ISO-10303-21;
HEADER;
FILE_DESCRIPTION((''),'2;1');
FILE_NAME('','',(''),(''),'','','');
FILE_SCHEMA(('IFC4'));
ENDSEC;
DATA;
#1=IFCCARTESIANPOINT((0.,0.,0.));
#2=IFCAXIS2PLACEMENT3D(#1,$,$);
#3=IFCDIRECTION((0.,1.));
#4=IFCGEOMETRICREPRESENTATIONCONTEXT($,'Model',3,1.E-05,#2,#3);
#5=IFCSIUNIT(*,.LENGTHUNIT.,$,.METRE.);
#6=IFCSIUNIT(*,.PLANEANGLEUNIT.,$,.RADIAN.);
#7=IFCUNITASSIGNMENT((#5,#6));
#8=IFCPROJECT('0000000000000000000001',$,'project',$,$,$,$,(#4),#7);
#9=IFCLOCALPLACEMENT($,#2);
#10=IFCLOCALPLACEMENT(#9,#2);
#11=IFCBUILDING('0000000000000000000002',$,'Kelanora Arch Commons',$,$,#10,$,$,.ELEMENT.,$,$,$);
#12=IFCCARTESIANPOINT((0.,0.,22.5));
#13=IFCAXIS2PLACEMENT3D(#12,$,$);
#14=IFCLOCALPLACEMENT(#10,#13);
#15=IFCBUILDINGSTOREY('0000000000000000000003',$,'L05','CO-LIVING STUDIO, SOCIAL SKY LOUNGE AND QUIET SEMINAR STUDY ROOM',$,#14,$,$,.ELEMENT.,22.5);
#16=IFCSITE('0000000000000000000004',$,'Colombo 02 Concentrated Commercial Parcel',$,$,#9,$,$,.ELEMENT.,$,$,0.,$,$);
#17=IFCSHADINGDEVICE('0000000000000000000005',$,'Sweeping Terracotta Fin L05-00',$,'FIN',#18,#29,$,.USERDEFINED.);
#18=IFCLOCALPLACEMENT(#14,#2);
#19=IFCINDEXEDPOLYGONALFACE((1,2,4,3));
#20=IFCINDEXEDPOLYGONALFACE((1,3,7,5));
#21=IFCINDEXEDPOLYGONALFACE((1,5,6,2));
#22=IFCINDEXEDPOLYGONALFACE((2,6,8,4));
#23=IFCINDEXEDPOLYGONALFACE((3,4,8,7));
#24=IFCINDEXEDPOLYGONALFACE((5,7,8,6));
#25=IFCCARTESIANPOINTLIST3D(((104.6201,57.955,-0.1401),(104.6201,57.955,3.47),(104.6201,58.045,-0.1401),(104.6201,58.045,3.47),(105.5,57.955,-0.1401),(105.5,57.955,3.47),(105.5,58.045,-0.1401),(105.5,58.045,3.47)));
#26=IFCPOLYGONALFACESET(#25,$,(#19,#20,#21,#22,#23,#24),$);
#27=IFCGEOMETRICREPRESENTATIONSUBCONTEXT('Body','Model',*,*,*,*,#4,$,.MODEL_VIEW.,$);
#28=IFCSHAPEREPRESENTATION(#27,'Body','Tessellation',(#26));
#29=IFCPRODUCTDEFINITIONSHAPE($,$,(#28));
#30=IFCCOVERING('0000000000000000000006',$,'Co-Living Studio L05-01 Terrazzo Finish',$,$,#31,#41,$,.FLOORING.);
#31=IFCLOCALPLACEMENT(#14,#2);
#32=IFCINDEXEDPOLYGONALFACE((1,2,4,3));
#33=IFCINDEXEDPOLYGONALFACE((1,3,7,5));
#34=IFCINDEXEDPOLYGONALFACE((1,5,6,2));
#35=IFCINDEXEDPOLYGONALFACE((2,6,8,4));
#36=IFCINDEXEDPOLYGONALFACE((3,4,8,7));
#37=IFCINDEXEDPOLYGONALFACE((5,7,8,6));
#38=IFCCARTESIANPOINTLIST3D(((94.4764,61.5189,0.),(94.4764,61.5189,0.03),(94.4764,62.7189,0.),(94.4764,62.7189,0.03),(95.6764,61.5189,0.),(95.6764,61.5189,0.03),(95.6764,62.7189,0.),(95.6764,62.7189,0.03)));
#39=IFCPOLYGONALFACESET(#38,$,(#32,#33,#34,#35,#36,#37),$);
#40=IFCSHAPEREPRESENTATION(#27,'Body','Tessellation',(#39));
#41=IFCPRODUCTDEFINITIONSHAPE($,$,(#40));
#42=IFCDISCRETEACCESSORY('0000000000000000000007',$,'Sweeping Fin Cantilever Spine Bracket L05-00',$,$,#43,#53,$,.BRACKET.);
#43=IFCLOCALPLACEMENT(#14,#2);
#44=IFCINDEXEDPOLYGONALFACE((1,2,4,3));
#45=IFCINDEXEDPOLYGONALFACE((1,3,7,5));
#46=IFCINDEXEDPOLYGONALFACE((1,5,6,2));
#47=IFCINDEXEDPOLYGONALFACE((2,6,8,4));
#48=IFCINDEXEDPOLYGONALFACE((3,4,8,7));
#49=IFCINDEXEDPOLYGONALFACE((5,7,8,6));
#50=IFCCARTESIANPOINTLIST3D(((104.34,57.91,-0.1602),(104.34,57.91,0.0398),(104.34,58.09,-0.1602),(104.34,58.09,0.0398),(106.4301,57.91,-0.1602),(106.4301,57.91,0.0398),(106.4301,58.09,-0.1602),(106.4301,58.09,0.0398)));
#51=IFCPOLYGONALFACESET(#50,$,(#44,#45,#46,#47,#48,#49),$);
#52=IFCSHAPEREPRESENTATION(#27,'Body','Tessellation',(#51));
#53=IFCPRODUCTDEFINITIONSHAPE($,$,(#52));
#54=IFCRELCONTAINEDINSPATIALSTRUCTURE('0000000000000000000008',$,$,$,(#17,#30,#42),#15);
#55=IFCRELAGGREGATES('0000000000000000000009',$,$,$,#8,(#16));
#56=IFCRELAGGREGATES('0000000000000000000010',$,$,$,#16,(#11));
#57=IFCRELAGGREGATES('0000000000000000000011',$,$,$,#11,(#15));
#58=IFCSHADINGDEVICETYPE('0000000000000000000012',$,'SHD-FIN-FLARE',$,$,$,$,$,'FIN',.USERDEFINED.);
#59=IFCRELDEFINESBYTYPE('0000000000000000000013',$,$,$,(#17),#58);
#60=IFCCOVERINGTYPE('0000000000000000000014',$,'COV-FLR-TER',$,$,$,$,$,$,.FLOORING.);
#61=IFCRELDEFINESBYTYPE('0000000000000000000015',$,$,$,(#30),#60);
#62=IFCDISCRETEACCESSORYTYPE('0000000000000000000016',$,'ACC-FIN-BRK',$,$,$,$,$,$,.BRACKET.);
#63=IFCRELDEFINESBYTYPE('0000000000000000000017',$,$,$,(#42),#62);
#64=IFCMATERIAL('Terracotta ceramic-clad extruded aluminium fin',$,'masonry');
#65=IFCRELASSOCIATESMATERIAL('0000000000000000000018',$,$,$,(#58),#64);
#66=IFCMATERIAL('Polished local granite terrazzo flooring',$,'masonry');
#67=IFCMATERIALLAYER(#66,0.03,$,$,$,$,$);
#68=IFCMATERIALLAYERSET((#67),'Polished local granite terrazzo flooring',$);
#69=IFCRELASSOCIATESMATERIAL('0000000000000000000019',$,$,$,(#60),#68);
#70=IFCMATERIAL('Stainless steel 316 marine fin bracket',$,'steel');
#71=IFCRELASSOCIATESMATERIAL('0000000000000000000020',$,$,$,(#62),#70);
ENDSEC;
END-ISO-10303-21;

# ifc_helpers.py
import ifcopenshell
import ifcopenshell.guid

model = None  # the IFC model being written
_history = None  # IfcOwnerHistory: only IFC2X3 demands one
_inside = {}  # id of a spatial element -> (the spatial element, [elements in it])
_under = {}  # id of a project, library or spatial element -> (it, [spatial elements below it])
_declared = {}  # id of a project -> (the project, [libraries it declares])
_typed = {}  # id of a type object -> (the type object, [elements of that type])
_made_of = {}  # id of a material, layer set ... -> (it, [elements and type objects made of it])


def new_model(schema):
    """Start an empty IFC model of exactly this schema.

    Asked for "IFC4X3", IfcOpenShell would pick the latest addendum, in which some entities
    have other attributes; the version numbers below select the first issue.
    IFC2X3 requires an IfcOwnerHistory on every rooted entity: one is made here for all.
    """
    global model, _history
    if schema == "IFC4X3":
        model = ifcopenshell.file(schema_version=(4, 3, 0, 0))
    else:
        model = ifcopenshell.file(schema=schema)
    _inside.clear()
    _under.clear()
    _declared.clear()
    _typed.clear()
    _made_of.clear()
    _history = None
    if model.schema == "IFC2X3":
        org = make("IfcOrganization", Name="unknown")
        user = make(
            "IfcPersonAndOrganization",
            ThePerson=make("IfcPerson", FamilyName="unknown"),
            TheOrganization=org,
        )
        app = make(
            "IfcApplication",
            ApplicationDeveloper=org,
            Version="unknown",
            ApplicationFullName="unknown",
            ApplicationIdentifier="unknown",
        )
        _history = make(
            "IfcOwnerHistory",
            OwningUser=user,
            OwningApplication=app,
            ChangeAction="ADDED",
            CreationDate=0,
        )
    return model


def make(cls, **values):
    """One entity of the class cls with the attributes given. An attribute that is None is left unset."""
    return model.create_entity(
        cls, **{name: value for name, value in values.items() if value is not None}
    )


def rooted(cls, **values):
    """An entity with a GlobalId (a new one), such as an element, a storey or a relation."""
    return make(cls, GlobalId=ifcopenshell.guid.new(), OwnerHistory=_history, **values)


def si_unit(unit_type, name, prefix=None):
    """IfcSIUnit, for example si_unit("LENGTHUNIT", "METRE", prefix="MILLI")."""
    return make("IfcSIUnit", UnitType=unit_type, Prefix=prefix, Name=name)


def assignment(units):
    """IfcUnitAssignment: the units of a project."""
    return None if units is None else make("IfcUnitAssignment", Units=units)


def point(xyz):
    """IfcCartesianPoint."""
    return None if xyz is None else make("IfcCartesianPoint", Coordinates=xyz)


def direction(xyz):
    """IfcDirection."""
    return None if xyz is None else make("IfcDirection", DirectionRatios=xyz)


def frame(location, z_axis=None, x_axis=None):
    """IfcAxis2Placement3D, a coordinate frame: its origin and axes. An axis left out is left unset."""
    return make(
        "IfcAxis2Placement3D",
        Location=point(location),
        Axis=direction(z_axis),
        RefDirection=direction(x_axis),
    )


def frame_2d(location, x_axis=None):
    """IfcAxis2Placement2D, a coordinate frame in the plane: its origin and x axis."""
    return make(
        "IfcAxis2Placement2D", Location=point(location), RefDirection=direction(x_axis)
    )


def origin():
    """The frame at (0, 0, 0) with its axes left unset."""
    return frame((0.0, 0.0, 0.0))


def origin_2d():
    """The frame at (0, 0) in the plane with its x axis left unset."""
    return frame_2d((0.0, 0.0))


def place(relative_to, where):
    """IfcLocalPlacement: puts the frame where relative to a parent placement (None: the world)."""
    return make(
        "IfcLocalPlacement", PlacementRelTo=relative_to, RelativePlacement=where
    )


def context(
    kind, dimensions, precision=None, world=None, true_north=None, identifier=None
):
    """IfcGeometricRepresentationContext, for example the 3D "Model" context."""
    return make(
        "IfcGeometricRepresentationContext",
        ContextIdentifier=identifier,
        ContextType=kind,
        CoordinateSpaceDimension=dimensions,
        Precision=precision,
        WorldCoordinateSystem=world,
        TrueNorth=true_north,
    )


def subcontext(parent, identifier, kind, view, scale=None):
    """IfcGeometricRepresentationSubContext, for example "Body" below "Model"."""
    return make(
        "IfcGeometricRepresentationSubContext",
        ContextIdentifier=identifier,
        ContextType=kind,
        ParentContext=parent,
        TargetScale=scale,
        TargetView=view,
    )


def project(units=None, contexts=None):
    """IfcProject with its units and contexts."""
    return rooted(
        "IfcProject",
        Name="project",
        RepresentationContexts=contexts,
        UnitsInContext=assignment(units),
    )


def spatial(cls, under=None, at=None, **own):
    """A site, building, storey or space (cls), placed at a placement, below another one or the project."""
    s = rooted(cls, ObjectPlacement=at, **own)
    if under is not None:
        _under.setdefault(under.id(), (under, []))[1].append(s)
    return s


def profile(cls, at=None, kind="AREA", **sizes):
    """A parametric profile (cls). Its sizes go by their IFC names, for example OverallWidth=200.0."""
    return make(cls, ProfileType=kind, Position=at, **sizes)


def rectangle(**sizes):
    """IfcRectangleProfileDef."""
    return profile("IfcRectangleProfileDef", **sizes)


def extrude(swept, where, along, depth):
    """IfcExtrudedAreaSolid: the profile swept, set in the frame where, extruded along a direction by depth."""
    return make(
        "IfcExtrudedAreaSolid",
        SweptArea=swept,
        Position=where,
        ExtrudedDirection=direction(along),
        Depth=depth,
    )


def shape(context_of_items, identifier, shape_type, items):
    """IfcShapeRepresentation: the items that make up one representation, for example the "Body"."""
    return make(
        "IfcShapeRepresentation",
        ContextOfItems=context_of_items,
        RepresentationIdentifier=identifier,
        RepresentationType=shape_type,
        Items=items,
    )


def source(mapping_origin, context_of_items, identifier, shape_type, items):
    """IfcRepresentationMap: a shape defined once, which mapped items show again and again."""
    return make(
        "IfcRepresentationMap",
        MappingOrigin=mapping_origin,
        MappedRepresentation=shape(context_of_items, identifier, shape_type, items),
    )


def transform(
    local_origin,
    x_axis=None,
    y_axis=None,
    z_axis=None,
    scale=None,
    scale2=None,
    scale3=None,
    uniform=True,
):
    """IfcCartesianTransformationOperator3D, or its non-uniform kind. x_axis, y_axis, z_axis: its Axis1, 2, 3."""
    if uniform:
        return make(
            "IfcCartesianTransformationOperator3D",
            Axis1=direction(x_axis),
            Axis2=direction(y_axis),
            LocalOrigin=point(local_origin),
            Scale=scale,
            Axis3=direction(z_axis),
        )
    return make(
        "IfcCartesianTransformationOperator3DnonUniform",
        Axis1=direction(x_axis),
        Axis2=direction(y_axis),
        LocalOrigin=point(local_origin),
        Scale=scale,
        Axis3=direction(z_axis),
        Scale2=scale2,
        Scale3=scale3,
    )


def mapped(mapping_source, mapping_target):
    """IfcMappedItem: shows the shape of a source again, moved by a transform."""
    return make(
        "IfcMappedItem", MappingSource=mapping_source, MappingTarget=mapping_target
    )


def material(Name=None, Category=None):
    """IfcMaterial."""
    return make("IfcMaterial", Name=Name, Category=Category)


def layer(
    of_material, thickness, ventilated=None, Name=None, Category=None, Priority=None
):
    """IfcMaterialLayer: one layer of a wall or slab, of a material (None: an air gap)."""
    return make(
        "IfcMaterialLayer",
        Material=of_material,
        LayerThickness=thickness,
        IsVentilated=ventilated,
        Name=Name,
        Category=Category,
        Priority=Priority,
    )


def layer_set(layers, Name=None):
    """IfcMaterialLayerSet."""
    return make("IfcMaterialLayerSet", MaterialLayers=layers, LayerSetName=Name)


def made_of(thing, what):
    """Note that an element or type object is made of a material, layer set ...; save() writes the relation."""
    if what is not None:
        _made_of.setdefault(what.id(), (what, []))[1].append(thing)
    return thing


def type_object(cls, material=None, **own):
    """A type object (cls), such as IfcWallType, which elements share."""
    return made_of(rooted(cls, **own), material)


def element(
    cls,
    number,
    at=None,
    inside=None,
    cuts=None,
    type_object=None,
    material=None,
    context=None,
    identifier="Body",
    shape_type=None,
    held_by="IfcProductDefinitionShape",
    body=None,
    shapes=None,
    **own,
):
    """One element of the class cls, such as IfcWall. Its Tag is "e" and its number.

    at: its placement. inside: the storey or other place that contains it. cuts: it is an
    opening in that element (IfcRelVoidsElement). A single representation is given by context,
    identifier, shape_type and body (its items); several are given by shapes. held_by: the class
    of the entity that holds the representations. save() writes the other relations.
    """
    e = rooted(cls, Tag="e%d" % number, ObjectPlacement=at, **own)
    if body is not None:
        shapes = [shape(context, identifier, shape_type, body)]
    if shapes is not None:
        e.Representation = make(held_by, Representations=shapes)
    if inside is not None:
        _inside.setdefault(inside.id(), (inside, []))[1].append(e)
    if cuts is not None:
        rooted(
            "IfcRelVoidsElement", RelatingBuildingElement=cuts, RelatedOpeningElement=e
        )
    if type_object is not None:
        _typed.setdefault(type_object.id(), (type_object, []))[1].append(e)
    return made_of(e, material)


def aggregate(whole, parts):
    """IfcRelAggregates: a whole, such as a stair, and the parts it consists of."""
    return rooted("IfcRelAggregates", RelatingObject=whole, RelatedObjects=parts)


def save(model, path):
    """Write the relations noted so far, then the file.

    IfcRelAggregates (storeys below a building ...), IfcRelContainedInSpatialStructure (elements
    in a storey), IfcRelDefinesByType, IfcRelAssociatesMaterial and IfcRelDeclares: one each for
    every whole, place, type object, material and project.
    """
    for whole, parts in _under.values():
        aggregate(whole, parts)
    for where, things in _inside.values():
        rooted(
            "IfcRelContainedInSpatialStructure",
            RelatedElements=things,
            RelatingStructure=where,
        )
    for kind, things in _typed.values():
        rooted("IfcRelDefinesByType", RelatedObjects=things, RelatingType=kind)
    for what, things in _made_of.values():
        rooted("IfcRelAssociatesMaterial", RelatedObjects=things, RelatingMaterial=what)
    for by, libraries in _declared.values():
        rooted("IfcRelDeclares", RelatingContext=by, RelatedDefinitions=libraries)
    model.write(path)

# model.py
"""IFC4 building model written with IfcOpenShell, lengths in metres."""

from ifc_helpers import new_model, si_unit, direction, frame, origin, origin_2d, place, context, subcontext, project, spatial, rectangle, extrude, source, transform, mapped, material, layer, layer_set, type_object, element, save


model = new_model("IFC4")

# Units and contexts
model_context = context("Model", 3, precision=1e-05, world=origin(), true_north=direction((0.0, 1.0)))
body_context = subcontext(model_context, "Body", "Model", "MODEL_VIEW")
ifc_project = project(units=[si_unit("LENGTHUNIT", "METRE"), si_unit("PLANEANGLEUNIT", "RADIAN")], contexts=[model_context])

# Site, building, storey
site_placement = place(None, origin())
site = spatial("IfcSite", under=ifc_project, at=site_placement, Name="Colombo 02 Concentrated Commercial Parcel", CompositionType="ELEMENT", RefElevation=0.0)
building_placement = place(site_placement, origin())
building = spatial("IfcBuilding", under=site, at=building_placement, Name="Kelanora Arch Commons", CompositionType="ELEMENT")
storey_placement = place(building_placement, frame((0.0, 0.0, 22.5)))
storey = spatial("IfcBuildingStorey", under=building, at=storey_placement, Name="L05", Description="CO-LIVING STUDIO, SOCIAL SKY LOUNGE AND QUIET SEMINAR STUDY ROOM", CompositionType="ELEMENT", Elevation=22.5)

# Shading device
ifc_material_1 = material(Name="Terracotta ceramic-clad extruded aluminium fin", Category="masonry")
shading_device_type = type_object("IfcShadingDeviceType", Name="SHD-FIN-FLARE", ElementType="FIN", PredefinedType="USERDEFINED", material=ifc_material_1)
shared_shape_1 = source(origin(), body_context, "Body", "SweptSolid", [
    extrude(rectangle(XDim=0.8799, YDim=0.0901, at=origin_2d()), origin(), (0.0, 0.0, 1.0), 3.6101),
])
shading_device_placement = place(storey_placement, frame((105.0601, 58.0, -0.1401), z_axis=(0.0, 0.0, 1.0), x_axis=(1.0, 0.0, 0.0)))
element("IfcShadingDevice", 1, at=shading_device_placement, inside=storey, type_object=shading_device_type, Name="Sweeping Terracotta Fin L05-00", ObjectType="FIN", PredefinedType="USERDEFINED", context=body_context, shape_type="MappedRepresentation", body=[
    mapped(shared_shape_1, transform((0.0, 0.0, 0.0), scale=1.0)),
])

# Covering
ifc_material_2 = material(Name="Polished local granite terrazzo flooring", Category="masonry")
ifc_layer_1 = layer(ifc_material_2, 0.03)
ifc_layer_set_1 = layer_set([ifc_layer_1], Name="Polished local granite terrazzo flooring")
covering_type = type_object("IfcCoveringType", Name="COV-FLR-TER", PredefinedType="FLOORING", material=ifc_layer_set_1)
shared_shape_2 = source(origin(), body_context, "Body", "SweptSolid", [
    extrude(rectangle(XDim=1.2, YDim=1.2, at=origin_2d()), origin(), (0.0, 0.0, 1.0), 0.03),
])
covering_placement = place(storey_placement, frame((95.0764, 62.1189, 0.0), z_axis=(0.0, 0.0, 1.0), x_axis=(1.0, 0.0, 0.0)))
element("IfcCovering", 2, at=covering_placement, inside=storey, type_object=covering_type, Name="Co-Living Studio L05-01 Terrazzo Finish", PredefinedType="FLOORING", context=body_context, shape_type="MappedRepresentation", body=[
    mapped(shared_shape_2, transform((0.0, 0.0, 0.0), scale=1.0)),
])

# Discrete accessory
ifc_material_3 = material(Name="Stainless steel 316 marine fin bracket", Category="steel")
discrete_accessory_type = type_object("IfcDiscreteAccessoryType", Name="ACC-FIN-BRK", PredefinedType="BRACKET", material=ifc_material_3)
shared_shape_3 = source(origin(), body_context, "Body", "SweptSolid", [
    extrude(rectangle(XDim=2.0901, YDim=0.1799, at=origin_2d()), origin(), (0.0, 0.0, 1.0), 0.2),
])
discrete_accessory_placement = place(storey_placement, frame((105.385, 58.0, -0.1602), z_axis=(0.0, 0.0, 1.0), x_axis=(1.0, 0.0, 0.0)))
element("IfcDiscreteAccessory", 3, at=discrete_accessory_placement, inside=storey, type_object=discrete_accessory_type, Name="Sweeping Fin Cantilever Spine Bracket L05-00", PredefinedType="BRACKET", context=body_context, shape_type="MappedRepresentation", body=[
    mapped(shared_shape_3, transform((0.0, 0.0, 0.0), scale=1.0)),
])

save(model, "model.ifc")
